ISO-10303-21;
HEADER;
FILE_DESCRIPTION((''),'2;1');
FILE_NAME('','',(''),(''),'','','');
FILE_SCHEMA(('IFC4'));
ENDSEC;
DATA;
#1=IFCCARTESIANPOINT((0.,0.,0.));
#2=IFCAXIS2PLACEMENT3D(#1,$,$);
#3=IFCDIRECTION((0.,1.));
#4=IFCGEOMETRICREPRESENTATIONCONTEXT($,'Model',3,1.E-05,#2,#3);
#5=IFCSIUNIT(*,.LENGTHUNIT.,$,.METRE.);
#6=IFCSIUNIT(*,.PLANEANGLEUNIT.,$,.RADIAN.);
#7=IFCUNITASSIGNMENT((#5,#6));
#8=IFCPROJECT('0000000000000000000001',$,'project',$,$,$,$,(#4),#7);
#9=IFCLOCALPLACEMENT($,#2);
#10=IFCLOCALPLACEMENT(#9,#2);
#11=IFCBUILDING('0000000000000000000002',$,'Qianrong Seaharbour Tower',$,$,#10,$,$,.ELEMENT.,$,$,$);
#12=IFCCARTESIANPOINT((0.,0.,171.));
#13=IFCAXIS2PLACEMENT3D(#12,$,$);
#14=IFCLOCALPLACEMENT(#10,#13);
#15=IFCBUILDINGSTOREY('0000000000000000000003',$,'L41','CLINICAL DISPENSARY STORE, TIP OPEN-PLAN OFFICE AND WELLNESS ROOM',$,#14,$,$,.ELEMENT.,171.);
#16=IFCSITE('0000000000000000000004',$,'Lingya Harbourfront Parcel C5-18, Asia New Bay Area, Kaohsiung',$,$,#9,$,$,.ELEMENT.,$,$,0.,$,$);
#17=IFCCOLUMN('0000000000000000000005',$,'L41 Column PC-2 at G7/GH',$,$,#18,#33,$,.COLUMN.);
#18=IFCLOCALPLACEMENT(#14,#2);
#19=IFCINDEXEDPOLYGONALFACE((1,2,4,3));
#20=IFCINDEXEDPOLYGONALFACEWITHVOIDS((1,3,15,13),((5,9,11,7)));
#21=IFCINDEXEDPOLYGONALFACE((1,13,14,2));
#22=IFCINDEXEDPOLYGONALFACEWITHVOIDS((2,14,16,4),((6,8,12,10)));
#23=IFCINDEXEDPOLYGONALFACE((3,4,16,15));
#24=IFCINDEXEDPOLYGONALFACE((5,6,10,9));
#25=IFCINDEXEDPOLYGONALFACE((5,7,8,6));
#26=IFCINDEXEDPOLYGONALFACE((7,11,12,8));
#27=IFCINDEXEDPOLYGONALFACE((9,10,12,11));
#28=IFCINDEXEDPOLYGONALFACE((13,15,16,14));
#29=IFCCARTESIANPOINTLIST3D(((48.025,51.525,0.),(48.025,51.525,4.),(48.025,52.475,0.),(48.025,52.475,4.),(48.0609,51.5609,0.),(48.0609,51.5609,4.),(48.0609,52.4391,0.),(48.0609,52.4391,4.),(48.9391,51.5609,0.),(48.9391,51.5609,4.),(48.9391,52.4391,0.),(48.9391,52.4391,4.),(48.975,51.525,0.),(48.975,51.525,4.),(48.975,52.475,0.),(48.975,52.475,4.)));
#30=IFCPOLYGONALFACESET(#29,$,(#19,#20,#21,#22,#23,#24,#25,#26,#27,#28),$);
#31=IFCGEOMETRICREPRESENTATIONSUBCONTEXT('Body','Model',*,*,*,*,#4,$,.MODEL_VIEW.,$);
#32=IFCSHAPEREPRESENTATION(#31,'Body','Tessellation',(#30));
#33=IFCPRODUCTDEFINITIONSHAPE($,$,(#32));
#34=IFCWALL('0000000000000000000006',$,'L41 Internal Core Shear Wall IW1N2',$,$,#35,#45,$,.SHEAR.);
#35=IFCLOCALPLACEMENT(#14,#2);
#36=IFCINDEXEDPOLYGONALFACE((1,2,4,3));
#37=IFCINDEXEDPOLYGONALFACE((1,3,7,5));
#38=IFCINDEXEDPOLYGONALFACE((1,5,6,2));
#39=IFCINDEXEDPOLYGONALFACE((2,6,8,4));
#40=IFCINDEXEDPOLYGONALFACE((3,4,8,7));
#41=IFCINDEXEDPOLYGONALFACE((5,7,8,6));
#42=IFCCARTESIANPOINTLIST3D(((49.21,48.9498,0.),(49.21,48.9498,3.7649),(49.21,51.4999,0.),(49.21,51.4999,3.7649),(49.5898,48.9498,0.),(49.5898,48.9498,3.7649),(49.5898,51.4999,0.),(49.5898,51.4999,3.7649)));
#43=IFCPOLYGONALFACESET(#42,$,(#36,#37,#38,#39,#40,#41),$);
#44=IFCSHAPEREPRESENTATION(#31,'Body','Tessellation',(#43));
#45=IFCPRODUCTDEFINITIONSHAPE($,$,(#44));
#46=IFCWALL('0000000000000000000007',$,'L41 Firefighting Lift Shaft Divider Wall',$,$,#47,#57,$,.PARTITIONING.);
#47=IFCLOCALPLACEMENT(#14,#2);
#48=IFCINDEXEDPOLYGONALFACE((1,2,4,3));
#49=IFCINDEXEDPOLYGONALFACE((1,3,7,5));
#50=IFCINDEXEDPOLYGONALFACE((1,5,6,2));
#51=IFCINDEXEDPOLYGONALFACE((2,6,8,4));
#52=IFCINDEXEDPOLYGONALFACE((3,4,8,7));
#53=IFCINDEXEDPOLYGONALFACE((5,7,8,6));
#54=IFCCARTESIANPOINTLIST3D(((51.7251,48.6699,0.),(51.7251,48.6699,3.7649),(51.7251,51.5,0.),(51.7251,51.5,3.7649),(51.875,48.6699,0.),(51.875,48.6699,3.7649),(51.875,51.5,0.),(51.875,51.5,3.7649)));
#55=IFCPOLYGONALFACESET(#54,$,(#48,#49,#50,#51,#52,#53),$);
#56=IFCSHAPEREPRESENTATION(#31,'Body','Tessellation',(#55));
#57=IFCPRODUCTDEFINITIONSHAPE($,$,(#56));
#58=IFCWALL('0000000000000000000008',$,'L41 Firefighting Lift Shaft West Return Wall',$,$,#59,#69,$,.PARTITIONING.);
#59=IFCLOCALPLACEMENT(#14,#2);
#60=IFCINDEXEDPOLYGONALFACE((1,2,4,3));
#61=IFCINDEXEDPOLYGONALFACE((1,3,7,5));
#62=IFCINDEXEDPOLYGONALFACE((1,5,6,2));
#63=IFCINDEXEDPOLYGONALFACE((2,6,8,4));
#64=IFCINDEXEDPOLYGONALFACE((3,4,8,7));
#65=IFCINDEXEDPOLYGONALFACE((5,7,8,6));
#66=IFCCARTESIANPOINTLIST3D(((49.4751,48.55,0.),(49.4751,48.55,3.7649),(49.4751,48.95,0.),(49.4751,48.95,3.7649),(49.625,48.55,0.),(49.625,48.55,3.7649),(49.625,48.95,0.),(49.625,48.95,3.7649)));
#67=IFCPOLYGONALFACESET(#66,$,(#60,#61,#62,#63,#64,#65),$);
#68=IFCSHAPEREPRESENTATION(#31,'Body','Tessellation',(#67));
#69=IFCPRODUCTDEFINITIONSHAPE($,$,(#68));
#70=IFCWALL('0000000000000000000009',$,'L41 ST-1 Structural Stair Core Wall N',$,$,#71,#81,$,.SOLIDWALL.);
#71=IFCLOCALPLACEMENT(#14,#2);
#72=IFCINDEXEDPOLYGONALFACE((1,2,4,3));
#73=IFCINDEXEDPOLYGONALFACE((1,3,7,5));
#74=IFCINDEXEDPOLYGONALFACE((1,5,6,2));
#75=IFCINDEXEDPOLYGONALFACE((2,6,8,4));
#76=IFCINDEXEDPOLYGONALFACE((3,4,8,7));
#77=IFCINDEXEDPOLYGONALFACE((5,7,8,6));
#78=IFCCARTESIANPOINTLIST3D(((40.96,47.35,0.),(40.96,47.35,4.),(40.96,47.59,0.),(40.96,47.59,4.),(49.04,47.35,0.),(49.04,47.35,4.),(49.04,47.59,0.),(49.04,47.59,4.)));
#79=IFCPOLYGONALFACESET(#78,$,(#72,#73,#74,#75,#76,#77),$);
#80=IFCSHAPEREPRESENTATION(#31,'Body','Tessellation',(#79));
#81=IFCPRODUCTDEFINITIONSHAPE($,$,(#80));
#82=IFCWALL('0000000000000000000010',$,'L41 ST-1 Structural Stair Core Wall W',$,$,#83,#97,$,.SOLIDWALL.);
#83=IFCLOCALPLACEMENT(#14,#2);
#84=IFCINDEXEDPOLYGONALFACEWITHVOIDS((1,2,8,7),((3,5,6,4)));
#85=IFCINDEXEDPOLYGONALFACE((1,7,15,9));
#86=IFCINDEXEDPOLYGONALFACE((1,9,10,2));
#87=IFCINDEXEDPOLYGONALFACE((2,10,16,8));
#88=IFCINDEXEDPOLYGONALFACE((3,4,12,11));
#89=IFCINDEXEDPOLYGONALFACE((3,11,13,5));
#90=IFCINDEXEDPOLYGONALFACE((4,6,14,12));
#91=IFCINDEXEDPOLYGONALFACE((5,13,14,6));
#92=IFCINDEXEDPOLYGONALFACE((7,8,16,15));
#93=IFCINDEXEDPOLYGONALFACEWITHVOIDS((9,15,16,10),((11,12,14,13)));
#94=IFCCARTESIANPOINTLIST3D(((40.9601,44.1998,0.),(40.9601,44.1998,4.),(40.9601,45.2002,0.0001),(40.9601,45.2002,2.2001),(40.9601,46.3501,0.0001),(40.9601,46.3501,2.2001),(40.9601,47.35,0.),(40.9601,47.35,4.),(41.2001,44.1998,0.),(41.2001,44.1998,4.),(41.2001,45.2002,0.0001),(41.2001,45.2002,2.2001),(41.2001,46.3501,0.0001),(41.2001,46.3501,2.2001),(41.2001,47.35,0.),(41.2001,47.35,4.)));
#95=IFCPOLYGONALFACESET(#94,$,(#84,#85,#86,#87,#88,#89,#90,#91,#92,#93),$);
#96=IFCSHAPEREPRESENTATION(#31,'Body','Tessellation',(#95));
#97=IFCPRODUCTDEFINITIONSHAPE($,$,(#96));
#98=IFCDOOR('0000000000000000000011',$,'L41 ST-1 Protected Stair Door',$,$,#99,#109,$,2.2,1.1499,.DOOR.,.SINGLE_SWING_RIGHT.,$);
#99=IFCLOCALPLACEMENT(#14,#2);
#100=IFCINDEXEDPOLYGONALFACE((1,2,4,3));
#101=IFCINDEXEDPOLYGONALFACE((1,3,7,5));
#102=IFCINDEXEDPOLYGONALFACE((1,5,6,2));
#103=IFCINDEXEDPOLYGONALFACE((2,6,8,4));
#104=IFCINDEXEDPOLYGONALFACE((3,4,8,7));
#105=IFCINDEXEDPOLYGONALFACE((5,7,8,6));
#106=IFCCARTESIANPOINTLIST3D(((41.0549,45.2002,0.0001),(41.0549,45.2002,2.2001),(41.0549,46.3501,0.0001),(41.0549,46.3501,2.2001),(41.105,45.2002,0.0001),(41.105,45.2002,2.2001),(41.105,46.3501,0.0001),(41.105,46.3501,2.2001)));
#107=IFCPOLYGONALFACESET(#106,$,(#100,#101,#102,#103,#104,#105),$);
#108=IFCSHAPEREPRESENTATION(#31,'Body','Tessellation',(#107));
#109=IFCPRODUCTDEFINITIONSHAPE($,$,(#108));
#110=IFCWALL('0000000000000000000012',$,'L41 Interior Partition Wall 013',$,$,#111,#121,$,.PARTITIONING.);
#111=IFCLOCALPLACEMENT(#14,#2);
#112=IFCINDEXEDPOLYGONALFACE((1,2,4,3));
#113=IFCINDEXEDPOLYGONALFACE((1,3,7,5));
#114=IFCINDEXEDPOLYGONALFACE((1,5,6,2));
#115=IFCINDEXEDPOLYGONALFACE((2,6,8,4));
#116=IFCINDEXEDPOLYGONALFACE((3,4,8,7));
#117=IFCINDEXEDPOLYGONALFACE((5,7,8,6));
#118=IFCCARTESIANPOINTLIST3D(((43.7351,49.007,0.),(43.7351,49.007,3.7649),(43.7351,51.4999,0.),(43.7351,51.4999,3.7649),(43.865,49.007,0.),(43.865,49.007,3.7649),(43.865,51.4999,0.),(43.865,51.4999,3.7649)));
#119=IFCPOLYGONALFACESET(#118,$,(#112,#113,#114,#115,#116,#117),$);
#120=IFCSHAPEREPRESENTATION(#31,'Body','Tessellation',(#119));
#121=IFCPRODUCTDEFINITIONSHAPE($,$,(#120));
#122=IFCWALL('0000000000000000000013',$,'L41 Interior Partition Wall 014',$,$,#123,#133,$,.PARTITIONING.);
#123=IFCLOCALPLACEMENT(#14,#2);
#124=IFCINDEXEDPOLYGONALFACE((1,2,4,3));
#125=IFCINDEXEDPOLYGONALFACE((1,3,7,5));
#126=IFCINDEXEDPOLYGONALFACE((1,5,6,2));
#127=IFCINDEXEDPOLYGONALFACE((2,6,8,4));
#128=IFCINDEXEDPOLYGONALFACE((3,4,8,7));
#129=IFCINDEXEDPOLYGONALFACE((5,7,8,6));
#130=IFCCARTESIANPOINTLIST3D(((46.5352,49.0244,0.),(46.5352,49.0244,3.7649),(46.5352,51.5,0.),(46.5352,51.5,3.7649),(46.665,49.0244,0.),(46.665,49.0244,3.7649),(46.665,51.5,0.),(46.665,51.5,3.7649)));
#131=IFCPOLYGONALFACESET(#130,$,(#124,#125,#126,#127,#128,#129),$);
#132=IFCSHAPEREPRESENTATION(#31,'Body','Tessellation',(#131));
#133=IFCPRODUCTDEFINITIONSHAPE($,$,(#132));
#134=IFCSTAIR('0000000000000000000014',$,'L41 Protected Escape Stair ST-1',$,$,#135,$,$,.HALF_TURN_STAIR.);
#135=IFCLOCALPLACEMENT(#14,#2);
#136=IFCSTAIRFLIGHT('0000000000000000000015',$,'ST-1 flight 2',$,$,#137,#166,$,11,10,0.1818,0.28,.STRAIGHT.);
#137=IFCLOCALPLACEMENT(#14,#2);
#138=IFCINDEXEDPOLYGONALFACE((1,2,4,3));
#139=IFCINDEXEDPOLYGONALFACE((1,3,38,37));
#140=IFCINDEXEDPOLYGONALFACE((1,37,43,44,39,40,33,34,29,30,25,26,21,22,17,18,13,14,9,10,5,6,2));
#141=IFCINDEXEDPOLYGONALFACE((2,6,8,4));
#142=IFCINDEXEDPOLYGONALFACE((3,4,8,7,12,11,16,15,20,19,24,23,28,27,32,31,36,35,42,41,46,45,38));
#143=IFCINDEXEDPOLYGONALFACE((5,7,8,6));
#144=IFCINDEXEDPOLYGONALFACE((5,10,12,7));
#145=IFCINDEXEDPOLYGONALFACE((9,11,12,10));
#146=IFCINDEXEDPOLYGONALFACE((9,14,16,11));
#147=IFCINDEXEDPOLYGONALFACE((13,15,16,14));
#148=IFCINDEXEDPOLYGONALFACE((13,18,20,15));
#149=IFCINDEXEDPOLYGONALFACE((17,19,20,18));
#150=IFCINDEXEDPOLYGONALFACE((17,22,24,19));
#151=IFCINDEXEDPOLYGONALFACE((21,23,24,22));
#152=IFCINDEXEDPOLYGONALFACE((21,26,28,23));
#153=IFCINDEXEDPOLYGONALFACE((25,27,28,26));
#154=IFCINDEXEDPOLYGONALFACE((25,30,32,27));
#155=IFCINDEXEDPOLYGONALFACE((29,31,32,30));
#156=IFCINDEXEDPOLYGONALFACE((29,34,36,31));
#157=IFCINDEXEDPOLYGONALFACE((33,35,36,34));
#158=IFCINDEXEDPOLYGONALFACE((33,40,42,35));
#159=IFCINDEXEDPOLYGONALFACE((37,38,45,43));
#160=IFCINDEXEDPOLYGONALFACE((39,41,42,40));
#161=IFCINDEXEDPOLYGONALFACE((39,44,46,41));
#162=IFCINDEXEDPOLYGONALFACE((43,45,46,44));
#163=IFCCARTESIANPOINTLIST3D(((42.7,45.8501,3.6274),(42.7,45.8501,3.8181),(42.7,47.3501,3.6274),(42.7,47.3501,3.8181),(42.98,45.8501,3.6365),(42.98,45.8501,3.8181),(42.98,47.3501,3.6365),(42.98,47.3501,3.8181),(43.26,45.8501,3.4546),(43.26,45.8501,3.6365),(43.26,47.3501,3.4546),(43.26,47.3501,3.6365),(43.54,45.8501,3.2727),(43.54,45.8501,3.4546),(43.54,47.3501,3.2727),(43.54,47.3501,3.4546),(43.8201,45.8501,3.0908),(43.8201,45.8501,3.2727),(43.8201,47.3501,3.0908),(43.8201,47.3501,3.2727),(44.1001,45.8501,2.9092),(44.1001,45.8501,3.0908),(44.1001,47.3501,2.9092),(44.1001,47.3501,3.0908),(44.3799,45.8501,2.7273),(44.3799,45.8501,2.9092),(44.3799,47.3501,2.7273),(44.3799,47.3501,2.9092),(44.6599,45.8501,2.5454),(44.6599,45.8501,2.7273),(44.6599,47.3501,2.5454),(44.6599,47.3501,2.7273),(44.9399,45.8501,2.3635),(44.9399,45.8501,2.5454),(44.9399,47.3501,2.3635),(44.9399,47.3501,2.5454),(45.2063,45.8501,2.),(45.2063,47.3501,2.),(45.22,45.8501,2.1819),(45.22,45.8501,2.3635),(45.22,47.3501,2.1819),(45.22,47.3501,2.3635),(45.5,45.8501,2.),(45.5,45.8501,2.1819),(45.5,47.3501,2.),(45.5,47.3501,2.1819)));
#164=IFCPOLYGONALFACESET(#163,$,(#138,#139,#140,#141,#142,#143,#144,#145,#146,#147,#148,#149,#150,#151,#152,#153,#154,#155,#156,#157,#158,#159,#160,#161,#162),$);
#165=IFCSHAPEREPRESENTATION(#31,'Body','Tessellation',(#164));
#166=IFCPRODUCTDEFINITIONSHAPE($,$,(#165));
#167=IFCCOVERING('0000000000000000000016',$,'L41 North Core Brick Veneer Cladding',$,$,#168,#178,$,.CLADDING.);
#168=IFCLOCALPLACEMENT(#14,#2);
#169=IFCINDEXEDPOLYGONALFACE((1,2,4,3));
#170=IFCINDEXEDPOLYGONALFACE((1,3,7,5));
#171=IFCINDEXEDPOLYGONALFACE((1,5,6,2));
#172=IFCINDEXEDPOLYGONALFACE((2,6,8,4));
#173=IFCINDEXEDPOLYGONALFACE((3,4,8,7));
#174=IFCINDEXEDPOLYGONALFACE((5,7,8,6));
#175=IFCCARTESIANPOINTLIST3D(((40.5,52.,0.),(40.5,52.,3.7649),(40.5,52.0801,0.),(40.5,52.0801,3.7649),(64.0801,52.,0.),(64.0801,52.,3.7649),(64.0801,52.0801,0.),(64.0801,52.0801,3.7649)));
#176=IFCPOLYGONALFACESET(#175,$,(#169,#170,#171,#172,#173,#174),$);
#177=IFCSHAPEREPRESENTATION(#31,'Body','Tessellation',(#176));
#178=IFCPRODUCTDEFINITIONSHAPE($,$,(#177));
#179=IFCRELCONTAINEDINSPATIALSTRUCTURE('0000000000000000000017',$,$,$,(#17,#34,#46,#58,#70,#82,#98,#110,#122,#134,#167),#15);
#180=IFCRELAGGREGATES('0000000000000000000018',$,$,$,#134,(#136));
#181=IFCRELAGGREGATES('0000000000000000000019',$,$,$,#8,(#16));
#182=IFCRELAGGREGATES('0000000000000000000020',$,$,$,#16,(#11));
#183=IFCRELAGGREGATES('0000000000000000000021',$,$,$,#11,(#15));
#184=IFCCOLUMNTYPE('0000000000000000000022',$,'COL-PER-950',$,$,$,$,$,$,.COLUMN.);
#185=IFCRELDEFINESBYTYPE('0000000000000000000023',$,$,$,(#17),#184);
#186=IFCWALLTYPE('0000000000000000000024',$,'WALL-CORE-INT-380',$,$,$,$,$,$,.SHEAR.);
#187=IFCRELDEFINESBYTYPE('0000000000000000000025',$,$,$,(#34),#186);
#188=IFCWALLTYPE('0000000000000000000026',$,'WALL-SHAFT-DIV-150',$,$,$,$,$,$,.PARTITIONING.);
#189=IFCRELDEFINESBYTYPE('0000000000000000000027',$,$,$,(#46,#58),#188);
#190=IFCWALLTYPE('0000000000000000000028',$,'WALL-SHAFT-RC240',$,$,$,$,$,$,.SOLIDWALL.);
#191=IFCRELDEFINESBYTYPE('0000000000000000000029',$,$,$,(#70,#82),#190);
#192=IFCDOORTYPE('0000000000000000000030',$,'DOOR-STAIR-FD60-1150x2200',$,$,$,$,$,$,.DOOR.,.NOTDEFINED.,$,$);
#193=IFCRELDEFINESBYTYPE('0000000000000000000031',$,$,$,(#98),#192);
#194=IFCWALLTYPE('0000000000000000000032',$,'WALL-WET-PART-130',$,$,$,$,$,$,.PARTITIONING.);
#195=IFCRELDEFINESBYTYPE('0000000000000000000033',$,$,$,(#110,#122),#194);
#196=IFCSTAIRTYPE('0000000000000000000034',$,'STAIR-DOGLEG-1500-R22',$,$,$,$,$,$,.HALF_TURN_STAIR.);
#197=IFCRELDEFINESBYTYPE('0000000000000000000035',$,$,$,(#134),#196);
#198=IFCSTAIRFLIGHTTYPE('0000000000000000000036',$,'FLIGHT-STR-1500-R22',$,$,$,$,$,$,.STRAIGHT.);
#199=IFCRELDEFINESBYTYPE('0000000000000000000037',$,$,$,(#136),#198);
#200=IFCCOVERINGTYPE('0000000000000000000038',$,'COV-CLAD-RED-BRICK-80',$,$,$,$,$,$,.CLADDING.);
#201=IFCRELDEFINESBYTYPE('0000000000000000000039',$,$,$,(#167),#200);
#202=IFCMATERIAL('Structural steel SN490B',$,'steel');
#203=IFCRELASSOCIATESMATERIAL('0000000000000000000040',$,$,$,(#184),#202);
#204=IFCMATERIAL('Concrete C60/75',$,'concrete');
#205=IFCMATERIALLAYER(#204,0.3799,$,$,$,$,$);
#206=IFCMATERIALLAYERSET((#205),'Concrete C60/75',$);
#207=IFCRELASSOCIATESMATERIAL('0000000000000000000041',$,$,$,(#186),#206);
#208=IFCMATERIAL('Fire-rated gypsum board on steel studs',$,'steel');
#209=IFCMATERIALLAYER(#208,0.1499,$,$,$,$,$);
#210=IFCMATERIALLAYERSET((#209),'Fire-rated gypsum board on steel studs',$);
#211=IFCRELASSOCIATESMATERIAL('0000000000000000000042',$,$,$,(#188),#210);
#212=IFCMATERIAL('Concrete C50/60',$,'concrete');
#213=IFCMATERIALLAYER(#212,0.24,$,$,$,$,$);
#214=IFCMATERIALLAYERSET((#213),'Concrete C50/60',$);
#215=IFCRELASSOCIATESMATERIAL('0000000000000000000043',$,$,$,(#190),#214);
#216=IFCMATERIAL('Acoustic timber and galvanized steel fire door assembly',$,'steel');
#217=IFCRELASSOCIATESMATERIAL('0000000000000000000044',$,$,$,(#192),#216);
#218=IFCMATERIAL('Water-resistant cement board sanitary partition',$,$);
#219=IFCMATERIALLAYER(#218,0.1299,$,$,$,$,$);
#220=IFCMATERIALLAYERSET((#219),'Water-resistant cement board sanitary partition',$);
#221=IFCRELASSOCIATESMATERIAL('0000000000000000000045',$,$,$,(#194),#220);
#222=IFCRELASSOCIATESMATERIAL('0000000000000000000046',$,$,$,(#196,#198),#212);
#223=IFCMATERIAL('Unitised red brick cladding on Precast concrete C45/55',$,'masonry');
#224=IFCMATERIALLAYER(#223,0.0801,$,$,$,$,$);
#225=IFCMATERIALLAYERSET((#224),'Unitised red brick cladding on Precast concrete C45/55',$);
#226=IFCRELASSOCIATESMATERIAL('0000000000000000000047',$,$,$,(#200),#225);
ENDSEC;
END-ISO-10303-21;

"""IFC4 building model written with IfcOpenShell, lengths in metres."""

from ifc_helpers import new_model, si_unit, direction, frame, frame_2d, origin, origin_2d, place, context, subcontext, project, spatial, polyline, rectangle, hollow_rectangle, outline, extrude, material, layer, layer_set, material_profile, profile_set, type_object, element, fill, aggregate, save


model = new_model("IFC4")

# Units and contexts
model_context = context("Model", 3, precision=1e-05, world=origin(), true_north=direction((0.0, 1.0)))
body_context = subcontext(model_context, "Body", "Model", "MODEL_VIEW")
ifc_project = project(units=[si_unit("LENGTHUNIT", "METRE"), si_unit("PLANEANGLEUNIT", "RADIAN")], contexts=[model_context])

# Site, building, storey
site_placement = place(None, origin())
site = spatial("IfcSite", under=ifc_project, at=site_placement, Name="Lingya Harbourfront Parcel C5-18, Asia New Bay Area, Kaohsiung", CompositionType="ELEMENT", RefElevation=0.0)
building_placement = place(site_placement, origin())
building = spatial("IfcBuilding", under=site, at=building_placement, Name="Qianrong Seaharbour Tower", CompositionType="ELEMENT")
storey_placement = place(building_placement, frame((0.0, 0.0, 171.0)))
storey = spatial("IfcBuildingStorey", under=building, at=storey_placement, Name="L41", Description="CLINICAL DISPENSARY STORE, TIP OPEN-PLAN OFFICE AND WELLNESS ROOM", CompositionType="ELEMENT", Elevation=171.0)

# Column
ifc_material_1 = material(Name="Structural steel SN490B", Category="steel")
ifc_material_profile = material_profile(ifc_material_1, hollow_rectangle(XDim=0.95, YDim=0.95, WallThickness=0.0359, at=origin_2d()), Name="BOX950x950x36")
ifc_profile_set = profile_set([ifc_material_profile], Name="Structural steel SN490B")
column_type = type_object("IfcColumnType", Name="COL-PER-950", PredefinedType="COLUMN", material=ifc_profile_set)
column_placement = place(storey_placement, frame((48.5, 52.0, 0.0), z_axis=(0.0, 0.0, 1.0), x_axis=(1.0, 0.0, 0.0)))
element("IfcColumn", 1, at=column_placement, inside=storey, type_object=column_type, Name="L41 Column PC-2 at G7/GH", PredefinedType="COLUMN", context=body_context, shape_type="SweptSolid", body=[
    extrude(hollow_rectangle(XDim=0.95, YDim=0.95, WallThickness=0.0359, at=origin_2d()), origin(), (0.0, 0.0, 1.0), 4.0),
])

# Wall
ifc_material_2 = material(Name="Concrete C60/75", Category="concrete")
ifc_layer_1 = layer(ifc_material_2, 0.3799)
ifc_layer_set_1 = layer_set([ifc_layer_1], Name="Concrete C60/75")
wall_type_1 = type_object("IfcWallType", Name="WALL-CORE-INT-380", PredefinedType="SHEAR", material=ifc_layer_set_1)
wall_1_placement = place(storey_placement, frame((49.3999, 48.95, 0.0), z_axis=(0.0, 0.0, 1.0), x_axis=(0.0, 1.0, 0.0)))
element("IfcWall", 2, at=wall_1_placement, inside=storey, type_object=wall_type_1, Name="L41 Internal Core Shear Wall IW1N2", PredefinedType="SHEAR", context=body_context, shape_type="SweptSolid", body=[
    extrude(rectangle(XDim=2.55, YDim=0.3799, at=frame_2d((1.2749, 0.0))), origin(), (0.0, 0.0, 1.0), 3.7649),
])

# Shared definitions
ifc_material_3 = material(Name="Acoustic timber and galvanized steel fire door assembly", Category="steel")

# Walls
ifc_material_4 = material(Name="Fire-rated gypsum board on steel studs", Category="steel")
ifc_layer_2 = layer(ifc_material_4, 0.1499)
ifc_layer_set_2 = layer_set([ifc_layer_2], Name="Fire-rated gypsum board on steel studs")
wall_type_2 = type_object("IfcWallType", Name="WALL-SHAFT-DIV-150", PredefinedType="PARTITIONING", material=ifc_layer_set_2)
wall_2_placement = place(storey_placement, frame((51.8, 48.6699, 0.0), z_axis=(0.0, 0.0, 1.0), x_axis=(0.0, 1.0, 0.0)))
element("IfcWall", 3, at=wall_2_placement, inside=storey, type_object=wall_type_2, Name="L41 Firefighting Lift Shaft Divider Wall", PredefinedType="PARTITIONING", context=body_context, shape_type="SweptSolid", body=[
    extrude(rectangle(XDim=2.8301, YDim=0.1499, at=frame_2d((1.415, 0.0))), origin(), (0.0, 0.0, 1.0), 3.7649),
])
wall_3_placement = place(storey_placement, frame((49.55, 48.55, 0.0), z_axis=(0.0, 0.0, 1.0), x_axis=(0.0, 1.0, 0.0)))
element("IfcWall", 4, at=wall_3_placement, inside=storey, type_object=wall_type_2, Name="L41 Firefighting Lift Shaft West Return Wall", PredefinedType="PARTITIONING", context=body_context, shape_type="SweptSolid", body=[
    extrude(rectangle(XDim=0.3999, YDim=0.1499, at=frame_2d((0.2, 0.0))), origin(), (0.0, 0.0, 1.0), 3.7649),
])
ifc_material_5 = material(Name="Concrete C50/60", Category="concrete")
ifc_layer_3 = layer(ifc_material_5, 0.24)
ifc_layer_set_3 = layer_set([ifc_layer_3], Name="Concrete C50/60")
wall_type_3 = type_object("IfcWallType", Name="WALL-SHAFT-RC240", PredefinedType="SOLIDWALL", material=ifc_layer_set_3)
wall_4_placement = place(storey_placement, frame((40.96, 47.47, 0.0), z_axis=(0.0, 0.0, 1.0), x_axis=(1.0, 0.0, 0.0)))
element("IfcWall", 5, at=wall_4_placement, inside=storey, type_object=wall_type_3, Name="L41 ST-1 Structural Stair Core Wall N", PredefinedType="SOLIDWALL", context=body_context, shape_type="SweptSolid", body=[
    extrude(rectangle(XDim=8.0801, YDim=0.24, at=frame_2d((4.04, 0.0))), origin(), (0.0, 0.0, 1.0), 4.0),
])

# Wall, opening, door
wall_5_placement = place(storey_placement, frame((41.0801, 47.3501, 0.0), z_axis=(0.0, 0.0, 1.0), x_axis=(0.0, -1.0, 0.0)))
wall_5 = element("IfcWall", 6, at=wall_5_placement, inside=storey, type_object=wall_type_3, Name="L41 ST-1 Structural Stair Core Wall W", PredefinedType="SOLIDWALL", context=body_context, shape_type="SweptSolid", body=[
    extrude(rectangle(XDim=3.1501, YDim=0.24, at=frame_2d((1.5752, 0.0))), origin(), (0.0, 0.0, 1.0), 4.0),
])
opening_1_placement = place(wall_5_placement, frame((1.0, 0.0, 0.0)))
opening_1 = element("IfcOpeningElement", 7, at=opening_1_placement, cuts=wall_5, PredefinedType="OPENING", context=body_context, shape_type="SweptSolid", body=[
    extrude(rectangle(XDim=1.1499, YDim=2.2, at=frame_2d((0.575, 1.1001))), frame((0.0, 0.1299, 0.0), z_axis=(0.0, -1.0, 0.0), x_axis=(1.0, 0.0, 0.0)), (0.0, 0.0, 1.0), 0.26),
])
door_type_1 = type_object("IfcDoorType", Name="DOOR-STAIR-FD60-1150x2200", OperationType="NOTDEFINED", PredefinedType="DOOR", material=ifc_material_3)
door_1_placement = place(opening_1_placement, origin())
door_1 = element("IfcDoor", 8, at=door_1_placement, inside=storey, type_object=door_type_1, Name="L41 ST-1 Protected Stair Door", OperationType="SINGLE_SWING_RIGHT", OverallHeight=2.2, OverallWidth=1.1499, PredefinedType="DOOR", context=body_context, shape_type="SweptSolid", body=[
    extrude(rectangle(XDim=1.1499, YDim=2.2, at=frame_2d((0.575, 1.1001))), frame((0.0, 0.0249, 0.0), z_axis=(0.0, -1.0, 0.0), x_axis=(1.0, 0.0, 0.0)), (0.0, 0.0, 1.0), 0.05),
])
fill(opening_1, door_1)
ifc_material_6 = material(Name="Water-resistant cement board sanitary partition")
ifc_layer_4 = layer(ifc_material_6, 0.1299)
ifc_layer_set_4 = layer_set([ifc_layer_4], Name="Water-resistant cement board sanitary partition")
wall_type_4 = type_object("IfcWallType", Name="WALL-WET-PART-130", PredefinedType="PARTITIONING", material=ifc_layer_set_4)

# Walls
wall_6_placement = place(storey_placement, frame((43.8, 51.5, 0.0), z_axis=(0.0, 0.0, 1.0), x_axis=(0.0, -1.0, 0.0)))
element("IfcWall", 9, at=wall_6_placement, inside=storey, type_object=wall_type_4, Name="L41 Interior Partition Wall 013", PredefinedType="PARTITIONING", context=body_context, shape_type="SweptSolid", body=[
    extrude(rectangle(XDim=2.4929, YDim=0.1299, at=frame_2d((1.2466, 0.0))), origin(), (0.0, 0.0, 1.0), 3.7649),
])
wall_7_placement = place(storey_placement, frame((46.6001, 51.5, 0.0), z_axis=(0.0, 0.0, 1.0), x_axis=(0.0, -1.0, 0.0)))
element("IfcWall", 10, at=wall_7_placement, inside=storey, type_object=wall_type_4, Name="L41 Interior Partition Wall 014", PredefinedType="PARTITIONING", context=body_context, shape_type="SweptSolid", body=[
    extrude(rectangle(XDim=2.4756, YDim=0.1299, at=frame_2d((1.2378, 0.0))), origin(), (0.0, 0.0, 1.0), 3.7649),
])

# Stair, stair flight
stair_type = type_object("IfcStairType", Name="STAIR-DOGLEG-1500-R22", PredefinedType="HALF_TURN_STAIR", material=ifc_material_5)
stair_placement = place(storey_placement, origin())
stair = element("IfcStair", 11, at=stair_placement, inside=storey, type_object=stair_type, Name="L41 Protected Escape Stair ST-1", PredefinedType="HALF_TURN_STAIR")
stair_flight_type = type_object("IfcStairFlightType", Name="FLIGHT-STR-1500-R22", PredefinedType="STRAIGHT", material=ifc_material_5)
stair_flight_placement = place(storey_placement, frame((45.5, 46.6001, 2.0), z_axis=(0.0, 0.0, 1.0), x_axis=(-1.0, 0.0, 0.0)))
stair_flight = element("IfcStairFlight", 12, at=stair_flight_placement, type_object=stair_flight_type, Name="ST-1 flight 2", NumberOfRisers=11, NumberOfTreads=10, PredefinedType="STRAIGHT", RiserHeight=0.1818, TreadLength=0.28, context=body_context, shape_type="SweptSolid", body=[
    extrude(outline(polyline([(0.0, 0.0), (0.0, 0.1819), (0.28, 0.1819), (0.28, 0.3635), (0.5601, 0.3635), (0.5601, 0.5454), (0.8401, 0.5454), (0.8401, 0.7273), (1.1201, 0.7273), (1.1201, 0.9092), (1.3999, 0.9092), (1.3999, 1.0908), (1.6799, 1.0908), (1.6799, 1.2727), (1.96, 1.2727), (1.96, 1.4546), (2.24, 1.4546), (2.24, 1.6365), (2.52, 1.6365), (2.52, 1.8181), (2.8, 1.8181), (2.8, 2.0), (2.8, 1.6274), (0.2937, 0.0), (0.0, 0.0)])), frame((0.0, 0.75, 0.0), z_axis=(0.0, -1.0, 0.0), x_axis=(1.0, 0.0, 0.0)), (0.0, 0.0, 1.0), 1.5),
])
aggregate(stair, [stair_flight])

# Covering
ifc_material_7 = material(Name="Unitised red brick cladding on Precast concrete C45/55", Category="masonry")
ifc_layer_5 = layer(ifc_material_7, 0.0801)
ifc_layer_set_5 = layer_set([ifc_layer_5], Name="Unitised red brick cladding on Precast concrete C45/55")
covering_type = type_object("IfcCoveringType", Name="COV-CLAD-RED-BRICK-80", PredefinedType="CLADDING", material=ifc_layer_set_5)
covering_placement = place(storey_placement, frame((52.29, 52.04, 0.0), z_axis=(0.0, 0.0, 1.0), x_axis=(1.0, 0.0, 0.0)))
element("IfcCovering", 13, at=covering_placement, inside=storey, type_object=covering_type, Name="L41 North Core Brick Veneer Cladding", PredefinedType="CLADDING", context=body_context, shape_type="SweptSolid", body=[
    extrude(rectangle(XDim=23.5801, YDim=0.0801, at=origin_2d()), origin(), (0.0, 0.0, 1.0), 3.7649),
])

save(model, "model.ifc")
